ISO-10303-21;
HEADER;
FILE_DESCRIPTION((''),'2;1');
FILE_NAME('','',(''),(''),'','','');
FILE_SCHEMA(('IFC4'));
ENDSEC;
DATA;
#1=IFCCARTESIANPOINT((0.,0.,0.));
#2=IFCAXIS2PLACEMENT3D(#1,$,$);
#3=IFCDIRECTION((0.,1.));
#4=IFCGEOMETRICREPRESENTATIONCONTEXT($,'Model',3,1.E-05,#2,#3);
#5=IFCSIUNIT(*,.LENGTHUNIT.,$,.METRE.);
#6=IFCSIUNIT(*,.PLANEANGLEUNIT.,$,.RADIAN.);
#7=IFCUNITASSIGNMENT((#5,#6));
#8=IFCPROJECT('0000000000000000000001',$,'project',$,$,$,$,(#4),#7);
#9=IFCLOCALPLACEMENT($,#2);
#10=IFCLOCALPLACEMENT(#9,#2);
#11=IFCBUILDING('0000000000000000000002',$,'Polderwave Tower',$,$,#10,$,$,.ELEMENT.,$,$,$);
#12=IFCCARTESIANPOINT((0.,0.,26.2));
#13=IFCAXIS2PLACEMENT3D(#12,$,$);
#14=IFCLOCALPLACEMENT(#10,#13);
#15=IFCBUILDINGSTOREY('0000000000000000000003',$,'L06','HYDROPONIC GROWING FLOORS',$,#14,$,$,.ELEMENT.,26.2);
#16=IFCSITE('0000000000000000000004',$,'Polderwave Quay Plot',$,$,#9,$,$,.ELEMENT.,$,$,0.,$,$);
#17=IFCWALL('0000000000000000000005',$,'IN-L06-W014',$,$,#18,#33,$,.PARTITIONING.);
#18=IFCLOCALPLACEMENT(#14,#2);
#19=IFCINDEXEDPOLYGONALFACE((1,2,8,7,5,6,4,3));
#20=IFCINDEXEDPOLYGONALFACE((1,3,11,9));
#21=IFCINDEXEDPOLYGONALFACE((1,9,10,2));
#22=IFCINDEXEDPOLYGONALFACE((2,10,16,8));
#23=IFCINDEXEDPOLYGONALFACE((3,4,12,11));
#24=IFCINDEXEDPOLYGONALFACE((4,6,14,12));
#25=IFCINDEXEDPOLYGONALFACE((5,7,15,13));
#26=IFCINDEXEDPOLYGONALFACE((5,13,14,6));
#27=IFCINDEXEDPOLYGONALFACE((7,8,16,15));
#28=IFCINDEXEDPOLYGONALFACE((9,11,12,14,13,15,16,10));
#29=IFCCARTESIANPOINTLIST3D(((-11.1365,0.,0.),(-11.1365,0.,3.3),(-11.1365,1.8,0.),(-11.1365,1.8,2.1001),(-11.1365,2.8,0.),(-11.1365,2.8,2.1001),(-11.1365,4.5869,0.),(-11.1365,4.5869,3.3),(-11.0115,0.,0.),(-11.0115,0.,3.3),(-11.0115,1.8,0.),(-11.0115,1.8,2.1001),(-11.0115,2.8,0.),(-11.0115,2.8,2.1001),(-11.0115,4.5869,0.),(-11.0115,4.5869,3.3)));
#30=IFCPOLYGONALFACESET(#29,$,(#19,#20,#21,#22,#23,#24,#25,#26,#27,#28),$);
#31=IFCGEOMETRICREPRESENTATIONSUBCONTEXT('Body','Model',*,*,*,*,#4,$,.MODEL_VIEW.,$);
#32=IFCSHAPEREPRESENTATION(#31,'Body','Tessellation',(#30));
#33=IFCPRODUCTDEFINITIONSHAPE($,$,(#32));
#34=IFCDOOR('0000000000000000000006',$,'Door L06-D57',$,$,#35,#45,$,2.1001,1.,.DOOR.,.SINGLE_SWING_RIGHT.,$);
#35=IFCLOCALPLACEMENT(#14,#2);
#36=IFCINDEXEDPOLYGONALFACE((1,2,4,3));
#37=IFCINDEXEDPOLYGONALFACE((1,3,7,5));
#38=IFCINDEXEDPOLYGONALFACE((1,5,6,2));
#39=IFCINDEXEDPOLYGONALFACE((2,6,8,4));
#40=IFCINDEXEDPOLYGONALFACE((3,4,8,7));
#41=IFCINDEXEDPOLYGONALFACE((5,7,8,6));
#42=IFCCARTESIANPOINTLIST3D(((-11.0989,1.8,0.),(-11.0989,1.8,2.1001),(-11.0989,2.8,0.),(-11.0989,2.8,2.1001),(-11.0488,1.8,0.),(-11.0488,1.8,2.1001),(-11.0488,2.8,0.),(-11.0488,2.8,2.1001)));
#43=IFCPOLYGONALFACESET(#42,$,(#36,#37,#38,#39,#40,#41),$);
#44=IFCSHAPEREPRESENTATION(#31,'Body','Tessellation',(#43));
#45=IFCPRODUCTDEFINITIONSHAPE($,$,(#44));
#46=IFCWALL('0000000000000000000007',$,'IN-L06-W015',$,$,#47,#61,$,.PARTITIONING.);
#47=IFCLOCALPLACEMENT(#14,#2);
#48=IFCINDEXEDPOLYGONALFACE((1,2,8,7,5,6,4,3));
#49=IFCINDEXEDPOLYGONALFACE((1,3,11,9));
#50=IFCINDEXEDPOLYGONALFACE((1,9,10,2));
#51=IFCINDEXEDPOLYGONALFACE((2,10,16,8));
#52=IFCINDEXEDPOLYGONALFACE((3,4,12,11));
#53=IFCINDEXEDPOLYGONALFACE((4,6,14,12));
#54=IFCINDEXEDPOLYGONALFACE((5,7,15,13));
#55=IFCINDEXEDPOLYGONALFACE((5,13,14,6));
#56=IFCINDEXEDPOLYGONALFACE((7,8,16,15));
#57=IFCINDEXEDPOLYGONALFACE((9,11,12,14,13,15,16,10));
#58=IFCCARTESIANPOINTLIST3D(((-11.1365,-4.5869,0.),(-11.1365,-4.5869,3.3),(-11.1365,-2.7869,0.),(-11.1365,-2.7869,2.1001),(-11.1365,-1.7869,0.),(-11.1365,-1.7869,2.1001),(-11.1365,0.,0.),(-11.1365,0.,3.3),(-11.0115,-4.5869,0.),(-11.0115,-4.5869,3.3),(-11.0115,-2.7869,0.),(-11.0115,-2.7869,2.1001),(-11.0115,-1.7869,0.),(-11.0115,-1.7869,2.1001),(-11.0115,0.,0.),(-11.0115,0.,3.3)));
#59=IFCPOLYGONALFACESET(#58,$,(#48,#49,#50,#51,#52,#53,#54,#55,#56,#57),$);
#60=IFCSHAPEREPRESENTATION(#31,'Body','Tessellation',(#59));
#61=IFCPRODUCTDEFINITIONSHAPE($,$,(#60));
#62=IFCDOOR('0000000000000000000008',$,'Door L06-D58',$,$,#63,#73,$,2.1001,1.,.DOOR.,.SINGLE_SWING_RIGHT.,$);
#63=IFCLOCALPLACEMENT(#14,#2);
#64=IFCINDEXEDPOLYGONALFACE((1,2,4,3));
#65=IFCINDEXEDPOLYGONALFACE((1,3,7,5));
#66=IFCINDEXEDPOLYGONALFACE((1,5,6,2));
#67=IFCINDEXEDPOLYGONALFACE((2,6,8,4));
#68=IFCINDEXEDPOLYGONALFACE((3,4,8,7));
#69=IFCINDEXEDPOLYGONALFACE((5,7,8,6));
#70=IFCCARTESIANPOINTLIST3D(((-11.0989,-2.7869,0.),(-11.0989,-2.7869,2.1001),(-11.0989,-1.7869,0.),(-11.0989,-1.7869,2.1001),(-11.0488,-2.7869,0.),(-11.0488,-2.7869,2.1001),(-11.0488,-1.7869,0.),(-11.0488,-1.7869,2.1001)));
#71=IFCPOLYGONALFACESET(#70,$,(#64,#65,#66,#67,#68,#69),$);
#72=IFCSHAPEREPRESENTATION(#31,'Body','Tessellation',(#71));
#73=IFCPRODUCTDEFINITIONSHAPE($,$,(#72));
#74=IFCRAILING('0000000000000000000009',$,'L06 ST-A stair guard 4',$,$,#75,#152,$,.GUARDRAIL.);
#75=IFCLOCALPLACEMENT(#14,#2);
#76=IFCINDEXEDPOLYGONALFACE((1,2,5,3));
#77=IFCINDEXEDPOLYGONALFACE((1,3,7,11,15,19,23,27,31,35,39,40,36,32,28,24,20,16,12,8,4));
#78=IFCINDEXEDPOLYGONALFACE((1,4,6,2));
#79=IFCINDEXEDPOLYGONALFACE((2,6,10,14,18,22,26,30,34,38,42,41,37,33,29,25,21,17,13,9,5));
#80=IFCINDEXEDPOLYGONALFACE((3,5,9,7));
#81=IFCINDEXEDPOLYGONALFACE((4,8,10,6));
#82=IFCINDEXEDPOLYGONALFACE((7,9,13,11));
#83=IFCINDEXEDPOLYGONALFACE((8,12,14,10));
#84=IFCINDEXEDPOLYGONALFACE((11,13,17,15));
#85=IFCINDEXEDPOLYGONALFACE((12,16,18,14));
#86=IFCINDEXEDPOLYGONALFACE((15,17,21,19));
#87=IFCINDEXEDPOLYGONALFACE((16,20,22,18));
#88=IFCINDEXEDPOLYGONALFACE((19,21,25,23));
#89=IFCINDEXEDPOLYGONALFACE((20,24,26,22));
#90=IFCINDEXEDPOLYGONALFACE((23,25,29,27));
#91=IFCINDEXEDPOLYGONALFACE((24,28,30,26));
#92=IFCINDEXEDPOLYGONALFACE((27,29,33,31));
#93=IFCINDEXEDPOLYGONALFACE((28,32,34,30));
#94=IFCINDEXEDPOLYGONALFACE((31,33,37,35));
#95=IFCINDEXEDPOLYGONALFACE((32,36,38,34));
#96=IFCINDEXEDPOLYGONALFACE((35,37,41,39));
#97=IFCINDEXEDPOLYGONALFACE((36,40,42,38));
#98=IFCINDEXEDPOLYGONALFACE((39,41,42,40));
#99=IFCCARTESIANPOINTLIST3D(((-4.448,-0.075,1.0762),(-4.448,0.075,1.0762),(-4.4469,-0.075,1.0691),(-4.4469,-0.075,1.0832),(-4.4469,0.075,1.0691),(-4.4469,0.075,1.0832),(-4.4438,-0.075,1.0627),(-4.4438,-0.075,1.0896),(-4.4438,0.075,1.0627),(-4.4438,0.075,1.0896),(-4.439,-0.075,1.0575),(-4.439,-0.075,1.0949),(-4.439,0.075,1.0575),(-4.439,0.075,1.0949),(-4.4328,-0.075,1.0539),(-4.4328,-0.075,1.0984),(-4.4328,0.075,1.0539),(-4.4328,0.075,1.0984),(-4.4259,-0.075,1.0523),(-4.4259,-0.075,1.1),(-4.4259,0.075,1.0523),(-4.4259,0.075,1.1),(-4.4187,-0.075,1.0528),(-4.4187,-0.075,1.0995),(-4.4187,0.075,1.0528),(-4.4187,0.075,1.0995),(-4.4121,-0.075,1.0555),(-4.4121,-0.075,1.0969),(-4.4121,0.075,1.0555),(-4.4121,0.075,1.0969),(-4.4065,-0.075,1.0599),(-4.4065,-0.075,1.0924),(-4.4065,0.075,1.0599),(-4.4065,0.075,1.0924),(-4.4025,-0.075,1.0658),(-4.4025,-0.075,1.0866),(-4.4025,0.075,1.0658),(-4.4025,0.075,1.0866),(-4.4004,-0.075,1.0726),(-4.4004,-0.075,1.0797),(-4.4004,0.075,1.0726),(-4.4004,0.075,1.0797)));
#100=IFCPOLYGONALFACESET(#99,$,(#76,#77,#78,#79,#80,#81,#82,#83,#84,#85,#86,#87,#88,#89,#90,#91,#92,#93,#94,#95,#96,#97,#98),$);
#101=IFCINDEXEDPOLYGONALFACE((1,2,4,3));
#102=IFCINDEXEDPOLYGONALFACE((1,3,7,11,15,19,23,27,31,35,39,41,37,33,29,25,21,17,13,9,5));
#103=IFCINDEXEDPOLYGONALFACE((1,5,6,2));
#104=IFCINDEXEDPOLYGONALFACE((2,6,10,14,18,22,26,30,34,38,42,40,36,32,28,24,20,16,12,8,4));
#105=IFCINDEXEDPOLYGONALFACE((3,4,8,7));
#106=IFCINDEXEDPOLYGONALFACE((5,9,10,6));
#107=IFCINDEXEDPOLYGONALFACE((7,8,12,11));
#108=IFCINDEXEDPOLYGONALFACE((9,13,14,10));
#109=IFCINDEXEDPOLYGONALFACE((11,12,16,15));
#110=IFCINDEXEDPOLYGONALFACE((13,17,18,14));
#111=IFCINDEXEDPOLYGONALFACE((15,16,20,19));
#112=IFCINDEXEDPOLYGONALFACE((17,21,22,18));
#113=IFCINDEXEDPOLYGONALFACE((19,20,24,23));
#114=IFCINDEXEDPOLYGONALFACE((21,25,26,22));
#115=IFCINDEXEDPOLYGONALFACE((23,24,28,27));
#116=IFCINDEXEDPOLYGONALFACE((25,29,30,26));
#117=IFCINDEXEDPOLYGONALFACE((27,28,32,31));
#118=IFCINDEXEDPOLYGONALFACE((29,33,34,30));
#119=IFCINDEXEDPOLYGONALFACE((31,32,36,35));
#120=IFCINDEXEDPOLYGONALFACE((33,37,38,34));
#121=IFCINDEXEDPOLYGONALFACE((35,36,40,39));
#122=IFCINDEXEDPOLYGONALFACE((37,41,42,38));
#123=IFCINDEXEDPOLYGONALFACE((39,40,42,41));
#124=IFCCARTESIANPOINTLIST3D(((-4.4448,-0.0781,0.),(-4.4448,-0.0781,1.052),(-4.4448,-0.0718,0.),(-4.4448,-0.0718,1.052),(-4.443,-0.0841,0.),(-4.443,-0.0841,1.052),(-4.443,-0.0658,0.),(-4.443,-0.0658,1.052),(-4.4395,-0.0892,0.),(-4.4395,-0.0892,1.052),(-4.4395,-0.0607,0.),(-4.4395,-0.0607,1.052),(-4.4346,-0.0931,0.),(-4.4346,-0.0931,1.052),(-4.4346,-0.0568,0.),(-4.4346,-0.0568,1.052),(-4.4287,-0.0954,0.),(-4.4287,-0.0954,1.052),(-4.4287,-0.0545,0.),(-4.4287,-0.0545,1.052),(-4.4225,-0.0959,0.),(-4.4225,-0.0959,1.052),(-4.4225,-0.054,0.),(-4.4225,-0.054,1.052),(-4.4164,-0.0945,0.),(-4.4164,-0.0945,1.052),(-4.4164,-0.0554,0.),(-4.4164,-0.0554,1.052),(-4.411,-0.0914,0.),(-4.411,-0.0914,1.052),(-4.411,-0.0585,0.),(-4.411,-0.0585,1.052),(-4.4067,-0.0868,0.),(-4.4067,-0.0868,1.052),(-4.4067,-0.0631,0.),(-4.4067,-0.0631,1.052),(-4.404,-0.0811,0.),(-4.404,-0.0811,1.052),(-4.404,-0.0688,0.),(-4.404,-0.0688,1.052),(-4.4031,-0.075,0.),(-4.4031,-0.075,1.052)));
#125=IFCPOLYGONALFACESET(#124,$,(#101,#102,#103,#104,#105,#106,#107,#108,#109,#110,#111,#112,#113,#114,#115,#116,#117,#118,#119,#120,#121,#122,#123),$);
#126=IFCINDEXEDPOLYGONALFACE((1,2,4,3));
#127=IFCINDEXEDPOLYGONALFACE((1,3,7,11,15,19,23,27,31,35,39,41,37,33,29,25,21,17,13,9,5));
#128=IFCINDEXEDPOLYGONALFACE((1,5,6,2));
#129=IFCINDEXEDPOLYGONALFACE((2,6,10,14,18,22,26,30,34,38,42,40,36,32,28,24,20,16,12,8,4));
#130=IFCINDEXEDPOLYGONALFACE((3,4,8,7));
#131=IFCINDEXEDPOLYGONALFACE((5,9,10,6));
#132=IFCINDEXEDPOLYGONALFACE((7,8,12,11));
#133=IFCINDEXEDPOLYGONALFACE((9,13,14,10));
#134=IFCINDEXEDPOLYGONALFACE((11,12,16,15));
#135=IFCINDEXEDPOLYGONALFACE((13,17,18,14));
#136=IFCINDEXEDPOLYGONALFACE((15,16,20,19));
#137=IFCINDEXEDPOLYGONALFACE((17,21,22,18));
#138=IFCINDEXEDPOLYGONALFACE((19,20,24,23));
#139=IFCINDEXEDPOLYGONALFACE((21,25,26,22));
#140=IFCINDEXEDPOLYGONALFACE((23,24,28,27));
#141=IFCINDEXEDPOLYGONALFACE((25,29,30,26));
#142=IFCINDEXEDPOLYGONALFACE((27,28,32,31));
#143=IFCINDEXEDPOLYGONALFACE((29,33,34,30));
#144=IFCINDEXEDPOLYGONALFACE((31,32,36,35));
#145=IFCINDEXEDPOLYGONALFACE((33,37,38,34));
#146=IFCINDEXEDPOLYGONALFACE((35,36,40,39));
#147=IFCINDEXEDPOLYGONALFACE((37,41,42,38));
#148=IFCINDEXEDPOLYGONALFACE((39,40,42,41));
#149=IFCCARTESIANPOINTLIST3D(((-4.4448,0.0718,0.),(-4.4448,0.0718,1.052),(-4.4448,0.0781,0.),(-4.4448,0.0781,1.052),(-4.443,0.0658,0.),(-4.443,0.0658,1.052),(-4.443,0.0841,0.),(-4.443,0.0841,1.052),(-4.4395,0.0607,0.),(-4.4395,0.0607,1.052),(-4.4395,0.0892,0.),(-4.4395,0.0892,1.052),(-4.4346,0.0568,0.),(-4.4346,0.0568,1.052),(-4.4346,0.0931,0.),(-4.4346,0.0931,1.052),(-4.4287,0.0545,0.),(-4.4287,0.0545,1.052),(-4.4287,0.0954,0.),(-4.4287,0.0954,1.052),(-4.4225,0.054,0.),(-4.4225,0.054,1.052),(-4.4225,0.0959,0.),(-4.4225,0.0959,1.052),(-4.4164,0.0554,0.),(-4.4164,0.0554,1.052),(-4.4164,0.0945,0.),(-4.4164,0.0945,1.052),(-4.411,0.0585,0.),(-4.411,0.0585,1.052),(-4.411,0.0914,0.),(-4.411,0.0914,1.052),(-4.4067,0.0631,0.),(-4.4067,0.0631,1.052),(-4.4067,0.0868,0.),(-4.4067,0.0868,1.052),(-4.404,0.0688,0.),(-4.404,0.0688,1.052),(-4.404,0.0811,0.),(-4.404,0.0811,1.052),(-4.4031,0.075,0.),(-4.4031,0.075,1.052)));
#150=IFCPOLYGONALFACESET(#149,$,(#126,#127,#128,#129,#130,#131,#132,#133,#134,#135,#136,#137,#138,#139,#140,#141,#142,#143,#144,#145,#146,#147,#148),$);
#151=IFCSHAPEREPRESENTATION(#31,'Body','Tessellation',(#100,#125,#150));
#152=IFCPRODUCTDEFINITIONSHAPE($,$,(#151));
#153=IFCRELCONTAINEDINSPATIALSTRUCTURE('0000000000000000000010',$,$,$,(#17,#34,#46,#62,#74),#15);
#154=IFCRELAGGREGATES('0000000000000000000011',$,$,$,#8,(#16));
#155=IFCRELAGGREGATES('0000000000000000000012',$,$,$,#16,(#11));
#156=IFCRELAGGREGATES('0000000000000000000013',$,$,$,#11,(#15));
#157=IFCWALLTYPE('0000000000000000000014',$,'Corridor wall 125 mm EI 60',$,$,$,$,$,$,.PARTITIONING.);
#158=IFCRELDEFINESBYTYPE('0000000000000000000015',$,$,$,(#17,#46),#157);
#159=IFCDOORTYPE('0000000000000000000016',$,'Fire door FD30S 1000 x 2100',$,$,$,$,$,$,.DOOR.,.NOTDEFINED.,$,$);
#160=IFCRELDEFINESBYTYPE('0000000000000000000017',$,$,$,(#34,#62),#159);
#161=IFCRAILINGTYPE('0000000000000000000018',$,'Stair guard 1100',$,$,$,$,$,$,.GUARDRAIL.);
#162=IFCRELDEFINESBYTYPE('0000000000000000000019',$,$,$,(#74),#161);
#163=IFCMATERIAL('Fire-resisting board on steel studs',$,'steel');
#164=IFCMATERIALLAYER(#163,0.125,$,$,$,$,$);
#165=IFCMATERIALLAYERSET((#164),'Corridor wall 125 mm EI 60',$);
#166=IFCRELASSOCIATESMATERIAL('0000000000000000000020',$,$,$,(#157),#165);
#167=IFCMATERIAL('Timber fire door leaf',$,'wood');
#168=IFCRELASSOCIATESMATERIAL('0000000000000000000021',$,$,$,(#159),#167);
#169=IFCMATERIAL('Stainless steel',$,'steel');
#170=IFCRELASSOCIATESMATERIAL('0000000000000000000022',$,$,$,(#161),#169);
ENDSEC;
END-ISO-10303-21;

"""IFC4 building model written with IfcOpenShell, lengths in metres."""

from ifc_helpers import new_model, si_unit, direction, frame, frame_2d, origin, origin_2d, place, context, subcontext, project, spatial, rectangle, circle, extrude, material, layer, layer_set, type_object, element, fill, save


model = new_model("IFC4")

# Units and contexts
model_context = context("Model", 3, precision=1e-05, world=origin(), true_north=direction((0.0, 1.0)))
body_context = subcontext(model_context, "Body", "Model", "MODEL_VIEW")
ifc_project = project(units=[si_unit("LENGTHUNIT", "METRE"), si_unit("PLANEANGLEUNIT", "RADIAN")], contexts=[model_context])

# Site, building, storey
site_placement = place(None, origin())
site = spatial("IfcSite", under=ifc_project, at=site_placement, Name="Polderwave Quay Plot", CompositionType="ELEMENT", RefElevation=0.0)
building_placement = place(site_placement, origin())
building = spatial("IfcBuilding", under=site, at=building_placement, Name="Polderwave Tower", CompositionType="ELEMENT")
storey_placement = place(building_placement, frame((0.0, 0.0, 26.2)))
storey = spatial("IfcBuildingStorey", under=building, at=storey_placement, Name="L06", Description="HYDROPONIC GROWING FLOORS", CompositionType="ELEMENT", Elevation=26.2)

# Shared definitions
ifc_material_1 = material(Name="Stainless steel", Category="steel")

# Walls, openings, doors
ifc_material_2 = material(Name="Fire-resisting board on steel studs", Category="steel")
ifc_layer_1 = layer(ifc_material_2, 0.125)
ifc_layer_set_1 = layer_set([ifc_layer_1], Name="Corridor wall 125 mm EI 60")
wall_type_1 = type_object("IfcWallType", Name="Corridor wall 125 mm EI 60", PredefinedType="PARTITIONING", material=ifc_layer_set_1)
wall_1_placement = place(storey_placement, frame((-11.074, 0.0, 0.0), z_axis=(0.0, 0.0, 1.0), x_axis=(0.0, 1.0, 0.0)))
wall_1 = element("IfcWall", 1, at=wall_1_placement, inside=storey, type_object=wall_type_1, Name="IN-L06-W014", PredefinedType="PARTITIONING", context=body_context, shape_type="SweptSolid", body=[
    extrude(rectangle(XDim=4.5869, YDim=0.125, at=frame_2d((2.2935, 0.0))), origin(), (0.0, 0.0, 1.0), 3.3),
])
opening_1_placement = place(wall_1_placement, frame((1.8, 0.0, 0.0)))
opening_1 = element("IfcOpeningElement", 2, at=opening_1_placement, cuts=wall_1, PredefinedType="OPENING", context=body_context, shape_type="SweptSolid", body=[
    extrude(rectangle(XDim=1.0, YDim=2.1001, at=frame_2d((0.5, 1.05))), frame((0.0, 0.0725, 0.0), z_axis=(0.0, -1.0, 0.0), x_axis=(1.0, 0.0, 0.0)), (0.0, 0.0, 1.0), 0.145),
])
ifc_material_3 = material(Name="Timber fire door leaf", Category="wood")
door_type_1 = type_object("IfcDoorType", Name="Fire door FD30S 1000 x 2100", OperationType="NOTDEFINED", PredefinedType="DOOR", material=ifc_material_3)
door_1_placement = place(opening_1_placement, origin())
door_1 = element("IfcDoor", 3, at=door_1_placement, inside=storey, type_object=door_type_1, Name="Door L06-D57", OperationType="SINGLE_SWING_RIGHT", OverallHeight=2.1001, OverallWidth=1.0, PredefinedType="DOOR", context=body_context, shape_type="SweptSolid", body=[
    extrude(rectangle(XDim=1.0, YDim=2.1001, at=frame_2d((0.5, 1.05))), frame((0.0, 0.0249, 0.0), z_axis=(0.0, -1.0, 0.0), x_axis=(1.0, 0.0, 0.0)), (0.0, 0.0, 1.0), 0.05),
])
fill(opening_1, door_1)
wall_2_placement = place(storey_placement, frame((-11.074, -4.5869, 0.0), z_axis=(0.0, 0.0, 1.0), x_axis=(0.0, 1.0, 0.0)))
wall_2 = element("IfcWall", 4, at=wall_2_placement, inside=storey, type_object=wall_type_1, Name="IN-L06-W015", PredefinedType="PARTITIONING", context=body_context, shape_type="SweptSolid", body=[
    extrude(rectangle(XDim=4.5869, YDim=0.125, at=frame_2d((2.2935, 0.0))), origin(), (0.0, 0.0, 1.0), 3.3),
])
opening_2_placement = place(wall_2_placement, frame((1.8, 0.0, 0.0)))
opening_2 = element("IfcOpeningElement", 5, at=opening_2_placement, cuts=wall_2, PredefinedType="OPENING", context=body_context, shape_type="SweptSolid", body=[
    extrude(rectangle(XDim=1.0, YDim=2.1001, at=frame_2d((0.5, 1.05))), frame((0.0, 0.0725, 0.0), z_axis=(0.0, -1.0, 0.0), x_axis=(1.0, 0.0, 0.0)), (0.0, 0.0, 1.0), 0.145),
])
door_2_placement = place(opening_2_placement, origin())
door_2 = element("IfcDoor", 6, at=door_2_placement, inside=storey, type_object=door_type_1, Name="Door L06-D58", OperationType="SINGLE_SWING_RIGHT", OverallHeight=2.1001, OverallWidth=1.0, PredefinedType="DOOR", context=body_context, shape_type="SweptSolid", body=[
    extrude(rectangle(XDim=1.0, YDim=2.1001, at=frame_2d((0.5, 1.05))), frame((0.0, 0.0249, 0.0), z_axis=(0.0, -1.0, 0.0), x_axis=(1.0, 0.0, 0.0)), (0.0, 0.0, 1.0), 0.05),
])
fill(opening_2, door_2)

# Railing
railing_type = type_object("IfcRailingType", Name="Stair guard 1100", PredefinedType="GUARDRAIL", material=ifc_material_1)
railing_placement = place(storey_placement, frame((-4.4241, -0.075, 0.0)))
element("IfcRailing", 7, at=railing_placement, inside=storey, type_object=railing_type, Name="L06 ST-A stair guard 4", PredefinedType="GUARDRAIL", context=body_context, shape_type="SweptSolid", body=[
    extrude(circle(Radius=0.0239, at=origin_2d()), frame((0.0, 0.0, 1.0762), z_axis=(0.0, 1.0, 0.0), x_axis=(-1.0, 0.0, 0.0)), (0.0, 0.0, 1.0), 0.1499),
    extrude(circle(Radius=0.021, at=origin_2d()), origin(), (0.0, 0.0, 1.0), 1.052),
    extrude(circle(Radius=0.021, at=origin_2d()), frame((0.0, 0.1499, 0.0)), (0.0, 0.0, 1.0), 1.052),
])

save(model, "model.ifc")
